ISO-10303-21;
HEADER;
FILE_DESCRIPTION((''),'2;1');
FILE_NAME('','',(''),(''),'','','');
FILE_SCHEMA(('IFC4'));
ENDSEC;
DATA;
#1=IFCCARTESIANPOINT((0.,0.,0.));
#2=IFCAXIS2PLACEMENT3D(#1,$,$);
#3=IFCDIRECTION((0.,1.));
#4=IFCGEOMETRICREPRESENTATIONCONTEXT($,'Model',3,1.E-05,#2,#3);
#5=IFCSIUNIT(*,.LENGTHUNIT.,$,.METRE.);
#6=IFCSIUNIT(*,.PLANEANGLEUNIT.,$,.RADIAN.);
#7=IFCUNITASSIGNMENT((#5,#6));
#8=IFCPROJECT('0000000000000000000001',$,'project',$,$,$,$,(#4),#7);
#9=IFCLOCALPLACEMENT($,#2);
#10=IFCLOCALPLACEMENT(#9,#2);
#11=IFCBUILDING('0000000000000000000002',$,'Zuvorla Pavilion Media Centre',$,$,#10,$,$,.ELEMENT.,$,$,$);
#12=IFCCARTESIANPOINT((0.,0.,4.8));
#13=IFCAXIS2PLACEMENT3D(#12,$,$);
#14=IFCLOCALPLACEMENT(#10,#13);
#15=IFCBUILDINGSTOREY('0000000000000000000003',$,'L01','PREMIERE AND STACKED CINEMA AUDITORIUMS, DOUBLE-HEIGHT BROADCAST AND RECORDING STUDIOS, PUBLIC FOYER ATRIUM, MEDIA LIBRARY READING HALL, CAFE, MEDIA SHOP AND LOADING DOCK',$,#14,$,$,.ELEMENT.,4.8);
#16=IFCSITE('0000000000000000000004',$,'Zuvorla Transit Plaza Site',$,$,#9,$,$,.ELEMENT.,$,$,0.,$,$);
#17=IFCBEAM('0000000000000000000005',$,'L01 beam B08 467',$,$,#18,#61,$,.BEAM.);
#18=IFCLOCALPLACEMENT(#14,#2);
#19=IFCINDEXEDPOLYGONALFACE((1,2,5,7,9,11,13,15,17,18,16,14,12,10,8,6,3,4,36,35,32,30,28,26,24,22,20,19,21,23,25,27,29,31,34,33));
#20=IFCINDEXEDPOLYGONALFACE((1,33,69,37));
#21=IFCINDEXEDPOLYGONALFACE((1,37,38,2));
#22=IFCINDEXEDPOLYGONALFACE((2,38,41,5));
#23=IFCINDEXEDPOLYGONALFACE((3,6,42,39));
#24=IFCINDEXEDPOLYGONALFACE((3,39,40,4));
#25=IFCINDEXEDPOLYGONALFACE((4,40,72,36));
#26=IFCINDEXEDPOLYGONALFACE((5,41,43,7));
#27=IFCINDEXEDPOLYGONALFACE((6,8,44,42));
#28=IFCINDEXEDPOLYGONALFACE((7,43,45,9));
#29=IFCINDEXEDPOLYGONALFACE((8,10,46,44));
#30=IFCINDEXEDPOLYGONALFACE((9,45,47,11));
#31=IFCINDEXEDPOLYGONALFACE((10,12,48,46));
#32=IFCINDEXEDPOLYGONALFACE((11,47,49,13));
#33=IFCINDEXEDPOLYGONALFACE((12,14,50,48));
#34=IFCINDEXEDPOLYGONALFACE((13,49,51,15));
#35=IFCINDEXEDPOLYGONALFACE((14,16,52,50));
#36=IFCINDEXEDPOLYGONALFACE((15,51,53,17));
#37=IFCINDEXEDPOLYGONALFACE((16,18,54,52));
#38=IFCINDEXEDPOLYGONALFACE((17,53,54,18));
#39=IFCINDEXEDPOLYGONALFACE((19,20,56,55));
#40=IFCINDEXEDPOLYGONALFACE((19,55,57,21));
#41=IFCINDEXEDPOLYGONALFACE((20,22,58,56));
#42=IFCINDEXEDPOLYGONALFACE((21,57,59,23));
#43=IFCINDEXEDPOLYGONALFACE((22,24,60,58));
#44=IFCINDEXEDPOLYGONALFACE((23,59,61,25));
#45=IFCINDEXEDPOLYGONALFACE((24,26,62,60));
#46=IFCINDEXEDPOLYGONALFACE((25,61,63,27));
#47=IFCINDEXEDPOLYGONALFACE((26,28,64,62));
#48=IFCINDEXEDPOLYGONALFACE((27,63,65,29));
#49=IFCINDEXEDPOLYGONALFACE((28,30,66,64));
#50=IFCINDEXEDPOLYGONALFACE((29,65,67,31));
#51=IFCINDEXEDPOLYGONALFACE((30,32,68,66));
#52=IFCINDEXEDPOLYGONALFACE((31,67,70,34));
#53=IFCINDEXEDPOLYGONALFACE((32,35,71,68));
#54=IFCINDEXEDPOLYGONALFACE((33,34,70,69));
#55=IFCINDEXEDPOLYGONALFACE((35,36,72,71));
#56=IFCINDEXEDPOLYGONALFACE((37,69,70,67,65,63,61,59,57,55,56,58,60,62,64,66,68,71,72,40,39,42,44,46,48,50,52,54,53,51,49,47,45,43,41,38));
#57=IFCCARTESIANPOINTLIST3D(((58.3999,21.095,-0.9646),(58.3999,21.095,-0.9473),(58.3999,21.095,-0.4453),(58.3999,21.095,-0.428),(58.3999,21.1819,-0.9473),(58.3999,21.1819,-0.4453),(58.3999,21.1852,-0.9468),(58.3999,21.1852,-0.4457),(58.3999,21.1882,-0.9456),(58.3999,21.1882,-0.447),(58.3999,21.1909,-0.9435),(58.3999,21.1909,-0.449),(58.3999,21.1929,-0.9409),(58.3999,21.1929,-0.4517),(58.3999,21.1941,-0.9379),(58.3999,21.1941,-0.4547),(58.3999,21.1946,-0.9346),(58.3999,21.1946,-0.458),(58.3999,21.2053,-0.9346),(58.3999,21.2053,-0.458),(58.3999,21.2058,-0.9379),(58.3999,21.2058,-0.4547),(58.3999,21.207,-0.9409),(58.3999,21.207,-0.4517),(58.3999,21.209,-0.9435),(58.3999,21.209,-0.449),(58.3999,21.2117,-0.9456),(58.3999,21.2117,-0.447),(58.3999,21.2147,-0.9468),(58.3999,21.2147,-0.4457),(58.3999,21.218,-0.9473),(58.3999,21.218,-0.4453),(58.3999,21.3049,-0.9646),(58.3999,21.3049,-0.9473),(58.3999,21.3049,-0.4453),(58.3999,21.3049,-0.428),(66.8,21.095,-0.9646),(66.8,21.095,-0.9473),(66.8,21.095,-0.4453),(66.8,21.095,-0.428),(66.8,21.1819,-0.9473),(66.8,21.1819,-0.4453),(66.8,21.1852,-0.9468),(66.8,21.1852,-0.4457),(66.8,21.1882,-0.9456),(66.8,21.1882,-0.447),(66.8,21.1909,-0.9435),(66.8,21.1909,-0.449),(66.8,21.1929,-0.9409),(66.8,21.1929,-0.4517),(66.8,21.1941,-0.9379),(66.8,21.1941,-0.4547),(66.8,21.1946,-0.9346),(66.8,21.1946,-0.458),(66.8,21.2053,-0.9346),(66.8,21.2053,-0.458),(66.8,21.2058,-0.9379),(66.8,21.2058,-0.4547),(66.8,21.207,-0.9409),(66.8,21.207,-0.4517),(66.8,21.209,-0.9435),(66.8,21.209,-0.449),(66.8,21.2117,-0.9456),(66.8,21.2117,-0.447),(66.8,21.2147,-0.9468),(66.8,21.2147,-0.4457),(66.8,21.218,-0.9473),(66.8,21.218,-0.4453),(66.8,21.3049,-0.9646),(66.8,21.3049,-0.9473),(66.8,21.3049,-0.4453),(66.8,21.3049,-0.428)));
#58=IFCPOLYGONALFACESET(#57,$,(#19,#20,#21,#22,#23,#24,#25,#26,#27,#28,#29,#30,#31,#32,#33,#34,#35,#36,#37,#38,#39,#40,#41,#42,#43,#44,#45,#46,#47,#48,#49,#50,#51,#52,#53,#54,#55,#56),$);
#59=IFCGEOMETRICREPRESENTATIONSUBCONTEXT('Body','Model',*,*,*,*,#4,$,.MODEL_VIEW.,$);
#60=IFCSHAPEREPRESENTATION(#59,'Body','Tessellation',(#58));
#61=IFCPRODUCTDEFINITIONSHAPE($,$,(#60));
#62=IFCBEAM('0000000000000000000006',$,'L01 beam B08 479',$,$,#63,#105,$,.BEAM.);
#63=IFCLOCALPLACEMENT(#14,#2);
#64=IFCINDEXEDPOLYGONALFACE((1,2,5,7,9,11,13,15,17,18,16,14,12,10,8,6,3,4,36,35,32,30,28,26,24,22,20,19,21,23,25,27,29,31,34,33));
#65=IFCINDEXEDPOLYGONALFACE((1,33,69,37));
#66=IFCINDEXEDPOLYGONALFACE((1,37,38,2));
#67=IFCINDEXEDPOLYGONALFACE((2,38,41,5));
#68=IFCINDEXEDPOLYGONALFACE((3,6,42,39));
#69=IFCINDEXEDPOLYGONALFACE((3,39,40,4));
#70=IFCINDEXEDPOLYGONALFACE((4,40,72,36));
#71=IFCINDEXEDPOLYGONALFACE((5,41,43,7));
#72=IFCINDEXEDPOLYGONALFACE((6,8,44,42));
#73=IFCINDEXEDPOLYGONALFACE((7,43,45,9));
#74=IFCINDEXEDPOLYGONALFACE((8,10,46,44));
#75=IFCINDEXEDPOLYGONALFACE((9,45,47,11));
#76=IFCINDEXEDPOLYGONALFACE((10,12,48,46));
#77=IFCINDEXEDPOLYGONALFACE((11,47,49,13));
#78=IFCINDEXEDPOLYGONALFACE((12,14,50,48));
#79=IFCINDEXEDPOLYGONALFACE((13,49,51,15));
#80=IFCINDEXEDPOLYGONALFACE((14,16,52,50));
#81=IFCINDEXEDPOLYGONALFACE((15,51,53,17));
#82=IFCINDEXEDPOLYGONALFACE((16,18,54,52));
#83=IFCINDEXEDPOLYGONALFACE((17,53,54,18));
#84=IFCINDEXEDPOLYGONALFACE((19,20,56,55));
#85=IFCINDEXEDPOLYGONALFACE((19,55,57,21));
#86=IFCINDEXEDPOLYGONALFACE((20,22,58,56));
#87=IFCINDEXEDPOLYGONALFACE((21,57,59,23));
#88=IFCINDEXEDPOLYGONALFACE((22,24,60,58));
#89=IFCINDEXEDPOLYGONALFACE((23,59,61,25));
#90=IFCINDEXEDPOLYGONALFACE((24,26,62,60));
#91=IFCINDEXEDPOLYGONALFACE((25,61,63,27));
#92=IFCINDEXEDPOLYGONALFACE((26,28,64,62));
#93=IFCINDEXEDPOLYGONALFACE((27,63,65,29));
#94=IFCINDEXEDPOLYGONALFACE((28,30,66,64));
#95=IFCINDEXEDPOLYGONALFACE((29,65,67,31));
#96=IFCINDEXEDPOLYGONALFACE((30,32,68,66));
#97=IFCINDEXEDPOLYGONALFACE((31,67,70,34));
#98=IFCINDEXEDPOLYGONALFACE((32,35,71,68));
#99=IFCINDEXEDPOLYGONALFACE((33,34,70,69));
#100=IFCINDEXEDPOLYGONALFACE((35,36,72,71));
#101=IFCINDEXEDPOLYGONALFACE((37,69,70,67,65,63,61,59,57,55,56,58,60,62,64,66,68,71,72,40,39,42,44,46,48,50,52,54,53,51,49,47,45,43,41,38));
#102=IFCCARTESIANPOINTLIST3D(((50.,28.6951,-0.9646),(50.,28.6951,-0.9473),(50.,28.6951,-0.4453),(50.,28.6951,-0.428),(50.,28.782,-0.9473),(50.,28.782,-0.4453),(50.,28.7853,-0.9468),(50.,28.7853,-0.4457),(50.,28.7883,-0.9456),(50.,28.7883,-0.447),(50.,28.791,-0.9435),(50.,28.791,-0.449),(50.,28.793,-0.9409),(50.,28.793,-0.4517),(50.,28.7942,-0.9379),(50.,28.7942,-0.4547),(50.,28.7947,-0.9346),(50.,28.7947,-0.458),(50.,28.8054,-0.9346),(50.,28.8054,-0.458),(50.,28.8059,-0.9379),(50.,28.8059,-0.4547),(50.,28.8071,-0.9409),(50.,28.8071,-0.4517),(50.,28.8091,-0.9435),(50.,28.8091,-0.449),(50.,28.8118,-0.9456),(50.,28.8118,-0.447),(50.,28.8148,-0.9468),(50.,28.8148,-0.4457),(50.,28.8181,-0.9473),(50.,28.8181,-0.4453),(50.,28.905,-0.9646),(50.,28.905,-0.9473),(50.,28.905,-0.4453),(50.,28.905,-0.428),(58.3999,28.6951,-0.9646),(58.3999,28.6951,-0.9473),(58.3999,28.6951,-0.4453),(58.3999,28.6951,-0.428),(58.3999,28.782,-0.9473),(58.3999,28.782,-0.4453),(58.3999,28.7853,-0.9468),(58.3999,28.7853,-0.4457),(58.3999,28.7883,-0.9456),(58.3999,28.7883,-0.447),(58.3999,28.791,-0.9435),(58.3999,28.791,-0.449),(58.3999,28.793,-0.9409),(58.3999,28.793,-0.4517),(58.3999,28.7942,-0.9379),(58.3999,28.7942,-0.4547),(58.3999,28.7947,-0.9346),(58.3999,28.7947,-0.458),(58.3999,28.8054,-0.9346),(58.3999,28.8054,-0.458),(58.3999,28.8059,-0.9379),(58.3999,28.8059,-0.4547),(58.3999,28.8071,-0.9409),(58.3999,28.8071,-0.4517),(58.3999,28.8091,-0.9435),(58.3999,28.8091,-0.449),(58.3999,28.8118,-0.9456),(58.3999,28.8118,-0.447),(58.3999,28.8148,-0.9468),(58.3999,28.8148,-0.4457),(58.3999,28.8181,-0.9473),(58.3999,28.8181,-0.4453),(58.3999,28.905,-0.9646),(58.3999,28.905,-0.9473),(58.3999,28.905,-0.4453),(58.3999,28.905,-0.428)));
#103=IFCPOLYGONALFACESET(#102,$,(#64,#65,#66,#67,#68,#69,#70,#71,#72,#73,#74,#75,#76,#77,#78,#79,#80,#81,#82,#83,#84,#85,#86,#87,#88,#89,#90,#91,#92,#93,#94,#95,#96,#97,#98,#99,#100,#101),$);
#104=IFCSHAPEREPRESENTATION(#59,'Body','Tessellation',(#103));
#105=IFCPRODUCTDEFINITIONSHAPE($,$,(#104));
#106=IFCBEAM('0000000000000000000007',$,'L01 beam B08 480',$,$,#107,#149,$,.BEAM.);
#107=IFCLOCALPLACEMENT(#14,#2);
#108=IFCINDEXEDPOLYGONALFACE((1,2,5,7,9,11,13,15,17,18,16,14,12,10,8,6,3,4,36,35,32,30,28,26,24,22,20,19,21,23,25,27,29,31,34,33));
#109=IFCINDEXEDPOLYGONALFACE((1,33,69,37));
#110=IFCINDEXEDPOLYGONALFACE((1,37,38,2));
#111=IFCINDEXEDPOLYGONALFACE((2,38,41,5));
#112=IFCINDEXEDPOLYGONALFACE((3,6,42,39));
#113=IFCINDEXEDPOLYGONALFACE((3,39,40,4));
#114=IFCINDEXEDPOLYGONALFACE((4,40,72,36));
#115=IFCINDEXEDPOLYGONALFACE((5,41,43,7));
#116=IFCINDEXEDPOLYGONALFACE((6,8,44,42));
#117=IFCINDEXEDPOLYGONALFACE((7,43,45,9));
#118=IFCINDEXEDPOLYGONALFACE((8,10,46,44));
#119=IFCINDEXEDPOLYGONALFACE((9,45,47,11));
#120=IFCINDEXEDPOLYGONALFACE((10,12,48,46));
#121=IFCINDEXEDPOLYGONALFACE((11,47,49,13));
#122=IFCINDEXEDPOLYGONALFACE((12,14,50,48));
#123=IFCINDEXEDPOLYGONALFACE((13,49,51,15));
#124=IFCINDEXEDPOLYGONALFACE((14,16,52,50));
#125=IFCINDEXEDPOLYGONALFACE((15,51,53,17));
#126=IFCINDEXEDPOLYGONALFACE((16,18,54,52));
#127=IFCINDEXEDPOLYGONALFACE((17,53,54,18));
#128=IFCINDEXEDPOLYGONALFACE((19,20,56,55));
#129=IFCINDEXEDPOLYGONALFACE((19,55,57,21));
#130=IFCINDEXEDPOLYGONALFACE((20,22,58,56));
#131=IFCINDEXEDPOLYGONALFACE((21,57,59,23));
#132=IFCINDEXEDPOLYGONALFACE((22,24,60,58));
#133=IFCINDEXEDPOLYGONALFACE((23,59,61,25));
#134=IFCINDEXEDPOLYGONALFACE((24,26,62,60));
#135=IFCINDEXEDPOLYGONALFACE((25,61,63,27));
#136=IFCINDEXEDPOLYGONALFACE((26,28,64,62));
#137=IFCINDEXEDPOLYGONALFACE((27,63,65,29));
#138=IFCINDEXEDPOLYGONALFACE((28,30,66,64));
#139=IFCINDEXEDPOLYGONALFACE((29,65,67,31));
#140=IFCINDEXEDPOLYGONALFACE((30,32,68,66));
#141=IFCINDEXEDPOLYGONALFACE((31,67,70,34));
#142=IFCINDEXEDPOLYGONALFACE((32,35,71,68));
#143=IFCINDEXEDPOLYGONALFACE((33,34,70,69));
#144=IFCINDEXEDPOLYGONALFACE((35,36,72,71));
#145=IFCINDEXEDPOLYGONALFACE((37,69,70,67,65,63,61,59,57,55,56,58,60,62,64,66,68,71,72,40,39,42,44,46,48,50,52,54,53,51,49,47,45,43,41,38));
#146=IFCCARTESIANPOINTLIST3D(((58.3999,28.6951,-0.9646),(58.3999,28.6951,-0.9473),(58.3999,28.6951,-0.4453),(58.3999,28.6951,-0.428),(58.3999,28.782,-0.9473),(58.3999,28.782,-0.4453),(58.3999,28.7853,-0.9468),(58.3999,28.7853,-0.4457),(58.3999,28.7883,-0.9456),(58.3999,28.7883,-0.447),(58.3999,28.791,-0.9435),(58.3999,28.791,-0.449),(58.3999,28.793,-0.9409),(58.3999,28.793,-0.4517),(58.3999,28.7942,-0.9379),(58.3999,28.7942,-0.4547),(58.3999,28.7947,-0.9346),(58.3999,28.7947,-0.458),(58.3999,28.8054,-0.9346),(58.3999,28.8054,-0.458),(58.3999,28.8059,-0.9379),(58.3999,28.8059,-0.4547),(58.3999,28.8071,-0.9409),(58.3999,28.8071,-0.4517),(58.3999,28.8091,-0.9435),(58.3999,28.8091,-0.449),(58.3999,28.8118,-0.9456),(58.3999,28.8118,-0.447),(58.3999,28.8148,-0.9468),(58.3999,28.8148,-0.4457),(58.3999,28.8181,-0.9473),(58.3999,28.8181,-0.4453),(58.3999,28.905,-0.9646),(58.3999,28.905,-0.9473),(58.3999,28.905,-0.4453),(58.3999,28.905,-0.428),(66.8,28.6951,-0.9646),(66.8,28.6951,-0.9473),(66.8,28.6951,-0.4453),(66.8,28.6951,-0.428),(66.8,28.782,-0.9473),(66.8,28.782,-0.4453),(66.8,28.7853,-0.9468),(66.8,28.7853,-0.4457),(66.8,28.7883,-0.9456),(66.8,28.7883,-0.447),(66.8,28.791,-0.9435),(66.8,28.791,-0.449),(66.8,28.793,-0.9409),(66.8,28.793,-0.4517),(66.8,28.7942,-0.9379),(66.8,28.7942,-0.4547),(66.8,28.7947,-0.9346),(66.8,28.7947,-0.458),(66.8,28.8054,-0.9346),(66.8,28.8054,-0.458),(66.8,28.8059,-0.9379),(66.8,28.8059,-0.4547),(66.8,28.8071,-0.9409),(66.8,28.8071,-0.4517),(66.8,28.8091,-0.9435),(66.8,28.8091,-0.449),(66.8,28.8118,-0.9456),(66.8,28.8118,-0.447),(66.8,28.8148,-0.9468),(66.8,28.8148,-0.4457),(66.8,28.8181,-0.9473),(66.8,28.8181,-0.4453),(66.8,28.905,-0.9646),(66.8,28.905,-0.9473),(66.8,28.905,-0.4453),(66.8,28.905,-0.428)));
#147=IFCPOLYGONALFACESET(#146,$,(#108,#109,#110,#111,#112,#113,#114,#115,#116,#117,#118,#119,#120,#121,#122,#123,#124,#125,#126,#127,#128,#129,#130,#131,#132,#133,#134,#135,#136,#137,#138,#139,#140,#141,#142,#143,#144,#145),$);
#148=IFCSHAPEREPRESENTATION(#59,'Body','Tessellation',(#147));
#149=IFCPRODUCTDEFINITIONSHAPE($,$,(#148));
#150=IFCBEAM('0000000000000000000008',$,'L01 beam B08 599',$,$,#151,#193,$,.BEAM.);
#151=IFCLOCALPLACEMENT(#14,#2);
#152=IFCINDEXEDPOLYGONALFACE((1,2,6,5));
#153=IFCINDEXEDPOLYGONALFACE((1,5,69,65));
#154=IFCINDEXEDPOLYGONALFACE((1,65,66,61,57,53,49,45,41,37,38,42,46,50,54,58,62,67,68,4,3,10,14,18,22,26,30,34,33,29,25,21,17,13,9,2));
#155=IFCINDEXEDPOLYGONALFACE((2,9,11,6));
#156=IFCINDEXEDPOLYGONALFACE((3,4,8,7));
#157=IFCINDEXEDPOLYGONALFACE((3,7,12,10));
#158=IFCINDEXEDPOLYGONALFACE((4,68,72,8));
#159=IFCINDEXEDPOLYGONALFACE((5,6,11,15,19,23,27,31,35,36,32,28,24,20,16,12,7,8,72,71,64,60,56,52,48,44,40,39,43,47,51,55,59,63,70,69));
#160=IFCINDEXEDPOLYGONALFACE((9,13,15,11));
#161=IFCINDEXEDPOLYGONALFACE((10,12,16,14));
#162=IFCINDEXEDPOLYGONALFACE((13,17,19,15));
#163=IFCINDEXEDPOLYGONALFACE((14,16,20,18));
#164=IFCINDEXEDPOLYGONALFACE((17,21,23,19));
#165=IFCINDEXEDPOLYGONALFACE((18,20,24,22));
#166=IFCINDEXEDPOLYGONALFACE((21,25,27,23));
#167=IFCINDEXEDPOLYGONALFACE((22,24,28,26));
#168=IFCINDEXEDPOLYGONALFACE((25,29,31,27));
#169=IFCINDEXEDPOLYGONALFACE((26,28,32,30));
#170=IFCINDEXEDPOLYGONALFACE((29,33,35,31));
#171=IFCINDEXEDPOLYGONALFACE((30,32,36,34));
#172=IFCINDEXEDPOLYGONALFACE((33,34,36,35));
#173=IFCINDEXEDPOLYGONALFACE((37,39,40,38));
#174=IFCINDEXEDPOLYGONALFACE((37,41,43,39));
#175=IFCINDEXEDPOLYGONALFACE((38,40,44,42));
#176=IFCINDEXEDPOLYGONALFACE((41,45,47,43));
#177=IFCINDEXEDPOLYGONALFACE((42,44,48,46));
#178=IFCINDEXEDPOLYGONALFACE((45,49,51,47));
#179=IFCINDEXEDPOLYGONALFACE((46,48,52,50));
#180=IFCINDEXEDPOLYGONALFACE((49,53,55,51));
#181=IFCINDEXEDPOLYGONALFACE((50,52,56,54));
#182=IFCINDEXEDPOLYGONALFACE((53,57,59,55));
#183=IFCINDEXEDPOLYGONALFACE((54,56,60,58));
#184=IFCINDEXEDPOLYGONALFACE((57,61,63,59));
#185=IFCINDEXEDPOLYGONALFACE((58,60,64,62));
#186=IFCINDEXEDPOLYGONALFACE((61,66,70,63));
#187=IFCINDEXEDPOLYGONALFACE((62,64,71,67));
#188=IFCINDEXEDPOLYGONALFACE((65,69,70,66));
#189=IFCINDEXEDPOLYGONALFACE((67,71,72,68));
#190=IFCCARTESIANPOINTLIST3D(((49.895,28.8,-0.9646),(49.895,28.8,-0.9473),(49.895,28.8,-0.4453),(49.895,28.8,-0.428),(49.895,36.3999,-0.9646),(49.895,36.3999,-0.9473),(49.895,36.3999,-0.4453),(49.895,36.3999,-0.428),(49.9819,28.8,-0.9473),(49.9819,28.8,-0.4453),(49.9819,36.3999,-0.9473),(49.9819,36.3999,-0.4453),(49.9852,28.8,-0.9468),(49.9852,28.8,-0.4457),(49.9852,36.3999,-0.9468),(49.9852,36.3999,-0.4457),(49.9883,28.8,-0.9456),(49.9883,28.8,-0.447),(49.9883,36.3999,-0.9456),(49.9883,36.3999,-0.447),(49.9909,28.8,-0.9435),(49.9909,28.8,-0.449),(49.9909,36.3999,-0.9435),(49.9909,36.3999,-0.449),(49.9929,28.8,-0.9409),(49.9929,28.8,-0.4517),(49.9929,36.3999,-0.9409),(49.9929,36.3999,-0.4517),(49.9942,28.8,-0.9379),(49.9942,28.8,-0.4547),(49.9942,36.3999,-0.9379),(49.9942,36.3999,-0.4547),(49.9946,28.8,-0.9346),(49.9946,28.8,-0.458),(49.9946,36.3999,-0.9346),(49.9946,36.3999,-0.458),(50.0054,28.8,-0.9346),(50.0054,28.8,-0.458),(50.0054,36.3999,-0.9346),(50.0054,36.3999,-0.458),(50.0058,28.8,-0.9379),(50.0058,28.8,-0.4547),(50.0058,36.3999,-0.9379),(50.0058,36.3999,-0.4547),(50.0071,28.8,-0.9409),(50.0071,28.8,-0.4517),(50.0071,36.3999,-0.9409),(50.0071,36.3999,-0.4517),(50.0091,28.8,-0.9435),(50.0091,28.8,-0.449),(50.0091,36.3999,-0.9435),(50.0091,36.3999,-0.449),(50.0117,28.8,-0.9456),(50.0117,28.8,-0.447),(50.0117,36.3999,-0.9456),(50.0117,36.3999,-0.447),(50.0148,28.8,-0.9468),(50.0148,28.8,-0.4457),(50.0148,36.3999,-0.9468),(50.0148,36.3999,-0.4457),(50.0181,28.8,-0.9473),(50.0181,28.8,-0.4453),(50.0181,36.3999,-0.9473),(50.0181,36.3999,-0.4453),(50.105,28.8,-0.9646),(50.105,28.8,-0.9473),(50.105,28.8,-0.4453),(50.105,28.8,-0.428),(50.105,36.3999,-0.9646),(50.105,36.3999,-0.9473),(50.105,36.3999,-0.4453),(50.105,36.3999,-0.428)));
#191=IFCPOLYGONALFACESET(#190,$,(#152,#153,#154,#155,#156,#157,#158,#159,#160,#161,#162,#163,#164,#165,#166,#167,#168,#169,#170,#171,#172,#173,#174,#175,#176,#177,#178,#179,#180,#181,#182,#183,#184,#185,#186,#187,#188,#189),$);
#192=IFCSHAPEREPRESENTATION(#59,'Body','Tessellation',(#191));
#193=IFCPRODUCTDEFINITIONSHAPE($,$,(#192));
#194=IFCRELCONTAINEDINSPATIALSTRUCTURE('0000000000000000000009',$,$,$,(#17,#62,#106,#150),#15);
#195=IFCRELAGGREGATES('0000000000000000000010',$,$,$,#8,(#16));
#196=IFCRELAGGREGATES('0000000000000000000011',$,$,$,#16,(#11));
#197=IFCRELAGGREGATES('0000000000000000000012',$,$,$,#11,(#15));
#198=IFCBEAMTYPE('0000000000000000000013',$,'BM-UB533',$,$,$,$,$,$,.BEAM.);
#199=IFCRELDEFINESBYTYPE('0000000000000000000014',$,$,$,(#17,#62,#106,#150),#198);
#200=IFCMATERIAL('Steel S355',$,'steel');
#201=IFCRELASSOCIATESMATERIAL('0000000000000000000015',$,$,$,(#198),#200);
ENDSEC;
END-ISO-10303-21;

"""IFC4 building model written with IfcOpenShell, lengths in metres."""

from ifc_helpers import new_model, si_unit, direction, frame, origin, origin_2d, place, context, subcontext, project, spatial, i_section, extrude, material, material_profile, profile_set, type_object, element, save


model = new_model("IFC4")

# Units and contexts
model_context = context("Model", 3, precision=1e-05, world=origin(), true_north=direction((0.0, 1.0)))
body_context = subcontext(model_context, "Body", "Model", "MODEL_VIEW")
ifc_project = project(units=[si_unit("LENGTHUNIT", "METRE"), si_unit("PLANEANGLEUNIT", "RADIAN")], contexts=[model_context])

# Site, building, storey
site_placement = place(None, origin())
site = spatial("IfcSite", under=ifc_project, at=site_placement, Name="Zuvorla Transit Plaza Site", CompositionType="ELEMENT", RefElevation=0.0)
building_placement = place(site_placement, origin())
building = spatial("IfcBuilding", under=site, at=building_placement, Name="Zuvorla Pavilion Media Centre", CompositionType="ELEMENT")
storey_placement = place(building_placement, frame((0.0, 0.0, 4.8)))
storey = spatial("IfcBuildingStorey", under=building, at=storey_placement, Name="L01", Description="PREMIERE AND STACKED CINEMA AUDITORIUMS, DOUBLE-HEIGHT BROADCAST AND RECORDING STUDIOS, PUBLIC FOYER ATRIUM, MEDIA LIBRARY READING HALL, CAFE, MEDIA SHOP AND LOADING DOCK", CompositionType="ELEMENT", Elevation=4.8)

# Beams
ifc_material_1 = material(Name="Steel S355", Category="steel")
ifc_material_profile_1 = material_profile(ifc_material_1, i_section(OverallWidth=0.21, OverallDepth=0.5366, WebThickness=0.0107, FlangeThickness=0.0173, FilletRadius=0.0127, at=origin_2d()), Name="UB 533x210x101")
ifc_profile_set_1 = profile_set([ifc_material_profile_1], Name="Steel S355")
beam_type_1 = type_object("IfcBeamType", Name="BM-UB533", PredefinedType="BEAM", material=ifc_profile_set_1)
beam_1_placement = place(storey_placement, frame((58.3999, 21.2, -0.6963), z_axis=(1.0, 0.0, 0.0), x_axis=(0.0, 1.0, 0.0)))
element("IfcBeam", 1, at=beam_1_placement, inside=storey, type_object=beam_type_1, Name="L01 beam B08 467", PredefinedType="BEAM", context=body_context, shape_type="SweptSolid", body=[
    extrude(i_section(OverallWidth=0.21, OverallDepth=0.5366, WebThickness=0.0107, FlangeThickness=0.0173, FilletRadius=0.0127, at=origin_2d()), origin(), (0.0, 0.0, 1.0), 8.4001),
])
beam_2_placement = place(storey_placement, frame((50.0, 28.8, -0.6963), z_axis=(1.0, 0.0, 0.0), x_axis=(0.0, 1.0, 0.0)))
element("IfcBeam", 2, at=beam_2_placement, inside=storey, type_object=beam_type_1, Name="L01 beam B08 479", PredefinedType="BEAM", context=body_context, shape_type="SweptSolid", body=[
    extrude(i_section(OverallWidth=0.21, OverallDepth=0.5366, WebThickness=0.0107, FlangeThickness=0.0173, FilletRadius=0.0127, at=origin_2d()), origin(), (0.0, 0.0, 1.0), 8.3999),
])
beam_3_placement = place(storey_placement, frame((58.3999, 28.8, -0.6963), z_axis=(1.0, 0.0, 0.0), x_axis=(0.0, 1.0, 0.0)))
element("IfcBeam", 3, at=beam_3_placement, inside=storey, type_object=beam_type_1, Name="L01 beam B08 480", PredefinedType="BEAM", context=body_context, shape_type="SweptSolid", body=[
    extrude(i_section(OverallWidth=0.21, OverallDepth=0.5366, WebThickness=0.0107, FlangeThickness=0.0173, FilletRadius=0.0127, at=origin_2d()), origin(), (0.0, 0.0, 1.0), 8.4001),
])
for number, where, z_axis, x_axis, name in (
    (4, (50.0, 28.8, -0.6963), (0.0, 1.0, 0.0), (-1.0, 0.0, 0.0), "L01 beam B08 599"),
):
    element("IfcBeam", number, at=place(storey_placement, frame(where, z_axis=z_axis, x_axis=x_axis)), inside=storey, type_object=beam_type_1, Name=name, PredefinedType="BEAM", context=body_context, shape_type="SweptSolid", body=[
        extrude(i_section(OverallWidth=0.21, OverallDepth=0.5366, WebThickness=0.0107, FlangeThickness=0.0173, FilletRadius=0.0127, at=origin_2d()), origin(), (0.0, 0.0, 1.0), 7.5999),
    ])

save(model, "model.ifc")
